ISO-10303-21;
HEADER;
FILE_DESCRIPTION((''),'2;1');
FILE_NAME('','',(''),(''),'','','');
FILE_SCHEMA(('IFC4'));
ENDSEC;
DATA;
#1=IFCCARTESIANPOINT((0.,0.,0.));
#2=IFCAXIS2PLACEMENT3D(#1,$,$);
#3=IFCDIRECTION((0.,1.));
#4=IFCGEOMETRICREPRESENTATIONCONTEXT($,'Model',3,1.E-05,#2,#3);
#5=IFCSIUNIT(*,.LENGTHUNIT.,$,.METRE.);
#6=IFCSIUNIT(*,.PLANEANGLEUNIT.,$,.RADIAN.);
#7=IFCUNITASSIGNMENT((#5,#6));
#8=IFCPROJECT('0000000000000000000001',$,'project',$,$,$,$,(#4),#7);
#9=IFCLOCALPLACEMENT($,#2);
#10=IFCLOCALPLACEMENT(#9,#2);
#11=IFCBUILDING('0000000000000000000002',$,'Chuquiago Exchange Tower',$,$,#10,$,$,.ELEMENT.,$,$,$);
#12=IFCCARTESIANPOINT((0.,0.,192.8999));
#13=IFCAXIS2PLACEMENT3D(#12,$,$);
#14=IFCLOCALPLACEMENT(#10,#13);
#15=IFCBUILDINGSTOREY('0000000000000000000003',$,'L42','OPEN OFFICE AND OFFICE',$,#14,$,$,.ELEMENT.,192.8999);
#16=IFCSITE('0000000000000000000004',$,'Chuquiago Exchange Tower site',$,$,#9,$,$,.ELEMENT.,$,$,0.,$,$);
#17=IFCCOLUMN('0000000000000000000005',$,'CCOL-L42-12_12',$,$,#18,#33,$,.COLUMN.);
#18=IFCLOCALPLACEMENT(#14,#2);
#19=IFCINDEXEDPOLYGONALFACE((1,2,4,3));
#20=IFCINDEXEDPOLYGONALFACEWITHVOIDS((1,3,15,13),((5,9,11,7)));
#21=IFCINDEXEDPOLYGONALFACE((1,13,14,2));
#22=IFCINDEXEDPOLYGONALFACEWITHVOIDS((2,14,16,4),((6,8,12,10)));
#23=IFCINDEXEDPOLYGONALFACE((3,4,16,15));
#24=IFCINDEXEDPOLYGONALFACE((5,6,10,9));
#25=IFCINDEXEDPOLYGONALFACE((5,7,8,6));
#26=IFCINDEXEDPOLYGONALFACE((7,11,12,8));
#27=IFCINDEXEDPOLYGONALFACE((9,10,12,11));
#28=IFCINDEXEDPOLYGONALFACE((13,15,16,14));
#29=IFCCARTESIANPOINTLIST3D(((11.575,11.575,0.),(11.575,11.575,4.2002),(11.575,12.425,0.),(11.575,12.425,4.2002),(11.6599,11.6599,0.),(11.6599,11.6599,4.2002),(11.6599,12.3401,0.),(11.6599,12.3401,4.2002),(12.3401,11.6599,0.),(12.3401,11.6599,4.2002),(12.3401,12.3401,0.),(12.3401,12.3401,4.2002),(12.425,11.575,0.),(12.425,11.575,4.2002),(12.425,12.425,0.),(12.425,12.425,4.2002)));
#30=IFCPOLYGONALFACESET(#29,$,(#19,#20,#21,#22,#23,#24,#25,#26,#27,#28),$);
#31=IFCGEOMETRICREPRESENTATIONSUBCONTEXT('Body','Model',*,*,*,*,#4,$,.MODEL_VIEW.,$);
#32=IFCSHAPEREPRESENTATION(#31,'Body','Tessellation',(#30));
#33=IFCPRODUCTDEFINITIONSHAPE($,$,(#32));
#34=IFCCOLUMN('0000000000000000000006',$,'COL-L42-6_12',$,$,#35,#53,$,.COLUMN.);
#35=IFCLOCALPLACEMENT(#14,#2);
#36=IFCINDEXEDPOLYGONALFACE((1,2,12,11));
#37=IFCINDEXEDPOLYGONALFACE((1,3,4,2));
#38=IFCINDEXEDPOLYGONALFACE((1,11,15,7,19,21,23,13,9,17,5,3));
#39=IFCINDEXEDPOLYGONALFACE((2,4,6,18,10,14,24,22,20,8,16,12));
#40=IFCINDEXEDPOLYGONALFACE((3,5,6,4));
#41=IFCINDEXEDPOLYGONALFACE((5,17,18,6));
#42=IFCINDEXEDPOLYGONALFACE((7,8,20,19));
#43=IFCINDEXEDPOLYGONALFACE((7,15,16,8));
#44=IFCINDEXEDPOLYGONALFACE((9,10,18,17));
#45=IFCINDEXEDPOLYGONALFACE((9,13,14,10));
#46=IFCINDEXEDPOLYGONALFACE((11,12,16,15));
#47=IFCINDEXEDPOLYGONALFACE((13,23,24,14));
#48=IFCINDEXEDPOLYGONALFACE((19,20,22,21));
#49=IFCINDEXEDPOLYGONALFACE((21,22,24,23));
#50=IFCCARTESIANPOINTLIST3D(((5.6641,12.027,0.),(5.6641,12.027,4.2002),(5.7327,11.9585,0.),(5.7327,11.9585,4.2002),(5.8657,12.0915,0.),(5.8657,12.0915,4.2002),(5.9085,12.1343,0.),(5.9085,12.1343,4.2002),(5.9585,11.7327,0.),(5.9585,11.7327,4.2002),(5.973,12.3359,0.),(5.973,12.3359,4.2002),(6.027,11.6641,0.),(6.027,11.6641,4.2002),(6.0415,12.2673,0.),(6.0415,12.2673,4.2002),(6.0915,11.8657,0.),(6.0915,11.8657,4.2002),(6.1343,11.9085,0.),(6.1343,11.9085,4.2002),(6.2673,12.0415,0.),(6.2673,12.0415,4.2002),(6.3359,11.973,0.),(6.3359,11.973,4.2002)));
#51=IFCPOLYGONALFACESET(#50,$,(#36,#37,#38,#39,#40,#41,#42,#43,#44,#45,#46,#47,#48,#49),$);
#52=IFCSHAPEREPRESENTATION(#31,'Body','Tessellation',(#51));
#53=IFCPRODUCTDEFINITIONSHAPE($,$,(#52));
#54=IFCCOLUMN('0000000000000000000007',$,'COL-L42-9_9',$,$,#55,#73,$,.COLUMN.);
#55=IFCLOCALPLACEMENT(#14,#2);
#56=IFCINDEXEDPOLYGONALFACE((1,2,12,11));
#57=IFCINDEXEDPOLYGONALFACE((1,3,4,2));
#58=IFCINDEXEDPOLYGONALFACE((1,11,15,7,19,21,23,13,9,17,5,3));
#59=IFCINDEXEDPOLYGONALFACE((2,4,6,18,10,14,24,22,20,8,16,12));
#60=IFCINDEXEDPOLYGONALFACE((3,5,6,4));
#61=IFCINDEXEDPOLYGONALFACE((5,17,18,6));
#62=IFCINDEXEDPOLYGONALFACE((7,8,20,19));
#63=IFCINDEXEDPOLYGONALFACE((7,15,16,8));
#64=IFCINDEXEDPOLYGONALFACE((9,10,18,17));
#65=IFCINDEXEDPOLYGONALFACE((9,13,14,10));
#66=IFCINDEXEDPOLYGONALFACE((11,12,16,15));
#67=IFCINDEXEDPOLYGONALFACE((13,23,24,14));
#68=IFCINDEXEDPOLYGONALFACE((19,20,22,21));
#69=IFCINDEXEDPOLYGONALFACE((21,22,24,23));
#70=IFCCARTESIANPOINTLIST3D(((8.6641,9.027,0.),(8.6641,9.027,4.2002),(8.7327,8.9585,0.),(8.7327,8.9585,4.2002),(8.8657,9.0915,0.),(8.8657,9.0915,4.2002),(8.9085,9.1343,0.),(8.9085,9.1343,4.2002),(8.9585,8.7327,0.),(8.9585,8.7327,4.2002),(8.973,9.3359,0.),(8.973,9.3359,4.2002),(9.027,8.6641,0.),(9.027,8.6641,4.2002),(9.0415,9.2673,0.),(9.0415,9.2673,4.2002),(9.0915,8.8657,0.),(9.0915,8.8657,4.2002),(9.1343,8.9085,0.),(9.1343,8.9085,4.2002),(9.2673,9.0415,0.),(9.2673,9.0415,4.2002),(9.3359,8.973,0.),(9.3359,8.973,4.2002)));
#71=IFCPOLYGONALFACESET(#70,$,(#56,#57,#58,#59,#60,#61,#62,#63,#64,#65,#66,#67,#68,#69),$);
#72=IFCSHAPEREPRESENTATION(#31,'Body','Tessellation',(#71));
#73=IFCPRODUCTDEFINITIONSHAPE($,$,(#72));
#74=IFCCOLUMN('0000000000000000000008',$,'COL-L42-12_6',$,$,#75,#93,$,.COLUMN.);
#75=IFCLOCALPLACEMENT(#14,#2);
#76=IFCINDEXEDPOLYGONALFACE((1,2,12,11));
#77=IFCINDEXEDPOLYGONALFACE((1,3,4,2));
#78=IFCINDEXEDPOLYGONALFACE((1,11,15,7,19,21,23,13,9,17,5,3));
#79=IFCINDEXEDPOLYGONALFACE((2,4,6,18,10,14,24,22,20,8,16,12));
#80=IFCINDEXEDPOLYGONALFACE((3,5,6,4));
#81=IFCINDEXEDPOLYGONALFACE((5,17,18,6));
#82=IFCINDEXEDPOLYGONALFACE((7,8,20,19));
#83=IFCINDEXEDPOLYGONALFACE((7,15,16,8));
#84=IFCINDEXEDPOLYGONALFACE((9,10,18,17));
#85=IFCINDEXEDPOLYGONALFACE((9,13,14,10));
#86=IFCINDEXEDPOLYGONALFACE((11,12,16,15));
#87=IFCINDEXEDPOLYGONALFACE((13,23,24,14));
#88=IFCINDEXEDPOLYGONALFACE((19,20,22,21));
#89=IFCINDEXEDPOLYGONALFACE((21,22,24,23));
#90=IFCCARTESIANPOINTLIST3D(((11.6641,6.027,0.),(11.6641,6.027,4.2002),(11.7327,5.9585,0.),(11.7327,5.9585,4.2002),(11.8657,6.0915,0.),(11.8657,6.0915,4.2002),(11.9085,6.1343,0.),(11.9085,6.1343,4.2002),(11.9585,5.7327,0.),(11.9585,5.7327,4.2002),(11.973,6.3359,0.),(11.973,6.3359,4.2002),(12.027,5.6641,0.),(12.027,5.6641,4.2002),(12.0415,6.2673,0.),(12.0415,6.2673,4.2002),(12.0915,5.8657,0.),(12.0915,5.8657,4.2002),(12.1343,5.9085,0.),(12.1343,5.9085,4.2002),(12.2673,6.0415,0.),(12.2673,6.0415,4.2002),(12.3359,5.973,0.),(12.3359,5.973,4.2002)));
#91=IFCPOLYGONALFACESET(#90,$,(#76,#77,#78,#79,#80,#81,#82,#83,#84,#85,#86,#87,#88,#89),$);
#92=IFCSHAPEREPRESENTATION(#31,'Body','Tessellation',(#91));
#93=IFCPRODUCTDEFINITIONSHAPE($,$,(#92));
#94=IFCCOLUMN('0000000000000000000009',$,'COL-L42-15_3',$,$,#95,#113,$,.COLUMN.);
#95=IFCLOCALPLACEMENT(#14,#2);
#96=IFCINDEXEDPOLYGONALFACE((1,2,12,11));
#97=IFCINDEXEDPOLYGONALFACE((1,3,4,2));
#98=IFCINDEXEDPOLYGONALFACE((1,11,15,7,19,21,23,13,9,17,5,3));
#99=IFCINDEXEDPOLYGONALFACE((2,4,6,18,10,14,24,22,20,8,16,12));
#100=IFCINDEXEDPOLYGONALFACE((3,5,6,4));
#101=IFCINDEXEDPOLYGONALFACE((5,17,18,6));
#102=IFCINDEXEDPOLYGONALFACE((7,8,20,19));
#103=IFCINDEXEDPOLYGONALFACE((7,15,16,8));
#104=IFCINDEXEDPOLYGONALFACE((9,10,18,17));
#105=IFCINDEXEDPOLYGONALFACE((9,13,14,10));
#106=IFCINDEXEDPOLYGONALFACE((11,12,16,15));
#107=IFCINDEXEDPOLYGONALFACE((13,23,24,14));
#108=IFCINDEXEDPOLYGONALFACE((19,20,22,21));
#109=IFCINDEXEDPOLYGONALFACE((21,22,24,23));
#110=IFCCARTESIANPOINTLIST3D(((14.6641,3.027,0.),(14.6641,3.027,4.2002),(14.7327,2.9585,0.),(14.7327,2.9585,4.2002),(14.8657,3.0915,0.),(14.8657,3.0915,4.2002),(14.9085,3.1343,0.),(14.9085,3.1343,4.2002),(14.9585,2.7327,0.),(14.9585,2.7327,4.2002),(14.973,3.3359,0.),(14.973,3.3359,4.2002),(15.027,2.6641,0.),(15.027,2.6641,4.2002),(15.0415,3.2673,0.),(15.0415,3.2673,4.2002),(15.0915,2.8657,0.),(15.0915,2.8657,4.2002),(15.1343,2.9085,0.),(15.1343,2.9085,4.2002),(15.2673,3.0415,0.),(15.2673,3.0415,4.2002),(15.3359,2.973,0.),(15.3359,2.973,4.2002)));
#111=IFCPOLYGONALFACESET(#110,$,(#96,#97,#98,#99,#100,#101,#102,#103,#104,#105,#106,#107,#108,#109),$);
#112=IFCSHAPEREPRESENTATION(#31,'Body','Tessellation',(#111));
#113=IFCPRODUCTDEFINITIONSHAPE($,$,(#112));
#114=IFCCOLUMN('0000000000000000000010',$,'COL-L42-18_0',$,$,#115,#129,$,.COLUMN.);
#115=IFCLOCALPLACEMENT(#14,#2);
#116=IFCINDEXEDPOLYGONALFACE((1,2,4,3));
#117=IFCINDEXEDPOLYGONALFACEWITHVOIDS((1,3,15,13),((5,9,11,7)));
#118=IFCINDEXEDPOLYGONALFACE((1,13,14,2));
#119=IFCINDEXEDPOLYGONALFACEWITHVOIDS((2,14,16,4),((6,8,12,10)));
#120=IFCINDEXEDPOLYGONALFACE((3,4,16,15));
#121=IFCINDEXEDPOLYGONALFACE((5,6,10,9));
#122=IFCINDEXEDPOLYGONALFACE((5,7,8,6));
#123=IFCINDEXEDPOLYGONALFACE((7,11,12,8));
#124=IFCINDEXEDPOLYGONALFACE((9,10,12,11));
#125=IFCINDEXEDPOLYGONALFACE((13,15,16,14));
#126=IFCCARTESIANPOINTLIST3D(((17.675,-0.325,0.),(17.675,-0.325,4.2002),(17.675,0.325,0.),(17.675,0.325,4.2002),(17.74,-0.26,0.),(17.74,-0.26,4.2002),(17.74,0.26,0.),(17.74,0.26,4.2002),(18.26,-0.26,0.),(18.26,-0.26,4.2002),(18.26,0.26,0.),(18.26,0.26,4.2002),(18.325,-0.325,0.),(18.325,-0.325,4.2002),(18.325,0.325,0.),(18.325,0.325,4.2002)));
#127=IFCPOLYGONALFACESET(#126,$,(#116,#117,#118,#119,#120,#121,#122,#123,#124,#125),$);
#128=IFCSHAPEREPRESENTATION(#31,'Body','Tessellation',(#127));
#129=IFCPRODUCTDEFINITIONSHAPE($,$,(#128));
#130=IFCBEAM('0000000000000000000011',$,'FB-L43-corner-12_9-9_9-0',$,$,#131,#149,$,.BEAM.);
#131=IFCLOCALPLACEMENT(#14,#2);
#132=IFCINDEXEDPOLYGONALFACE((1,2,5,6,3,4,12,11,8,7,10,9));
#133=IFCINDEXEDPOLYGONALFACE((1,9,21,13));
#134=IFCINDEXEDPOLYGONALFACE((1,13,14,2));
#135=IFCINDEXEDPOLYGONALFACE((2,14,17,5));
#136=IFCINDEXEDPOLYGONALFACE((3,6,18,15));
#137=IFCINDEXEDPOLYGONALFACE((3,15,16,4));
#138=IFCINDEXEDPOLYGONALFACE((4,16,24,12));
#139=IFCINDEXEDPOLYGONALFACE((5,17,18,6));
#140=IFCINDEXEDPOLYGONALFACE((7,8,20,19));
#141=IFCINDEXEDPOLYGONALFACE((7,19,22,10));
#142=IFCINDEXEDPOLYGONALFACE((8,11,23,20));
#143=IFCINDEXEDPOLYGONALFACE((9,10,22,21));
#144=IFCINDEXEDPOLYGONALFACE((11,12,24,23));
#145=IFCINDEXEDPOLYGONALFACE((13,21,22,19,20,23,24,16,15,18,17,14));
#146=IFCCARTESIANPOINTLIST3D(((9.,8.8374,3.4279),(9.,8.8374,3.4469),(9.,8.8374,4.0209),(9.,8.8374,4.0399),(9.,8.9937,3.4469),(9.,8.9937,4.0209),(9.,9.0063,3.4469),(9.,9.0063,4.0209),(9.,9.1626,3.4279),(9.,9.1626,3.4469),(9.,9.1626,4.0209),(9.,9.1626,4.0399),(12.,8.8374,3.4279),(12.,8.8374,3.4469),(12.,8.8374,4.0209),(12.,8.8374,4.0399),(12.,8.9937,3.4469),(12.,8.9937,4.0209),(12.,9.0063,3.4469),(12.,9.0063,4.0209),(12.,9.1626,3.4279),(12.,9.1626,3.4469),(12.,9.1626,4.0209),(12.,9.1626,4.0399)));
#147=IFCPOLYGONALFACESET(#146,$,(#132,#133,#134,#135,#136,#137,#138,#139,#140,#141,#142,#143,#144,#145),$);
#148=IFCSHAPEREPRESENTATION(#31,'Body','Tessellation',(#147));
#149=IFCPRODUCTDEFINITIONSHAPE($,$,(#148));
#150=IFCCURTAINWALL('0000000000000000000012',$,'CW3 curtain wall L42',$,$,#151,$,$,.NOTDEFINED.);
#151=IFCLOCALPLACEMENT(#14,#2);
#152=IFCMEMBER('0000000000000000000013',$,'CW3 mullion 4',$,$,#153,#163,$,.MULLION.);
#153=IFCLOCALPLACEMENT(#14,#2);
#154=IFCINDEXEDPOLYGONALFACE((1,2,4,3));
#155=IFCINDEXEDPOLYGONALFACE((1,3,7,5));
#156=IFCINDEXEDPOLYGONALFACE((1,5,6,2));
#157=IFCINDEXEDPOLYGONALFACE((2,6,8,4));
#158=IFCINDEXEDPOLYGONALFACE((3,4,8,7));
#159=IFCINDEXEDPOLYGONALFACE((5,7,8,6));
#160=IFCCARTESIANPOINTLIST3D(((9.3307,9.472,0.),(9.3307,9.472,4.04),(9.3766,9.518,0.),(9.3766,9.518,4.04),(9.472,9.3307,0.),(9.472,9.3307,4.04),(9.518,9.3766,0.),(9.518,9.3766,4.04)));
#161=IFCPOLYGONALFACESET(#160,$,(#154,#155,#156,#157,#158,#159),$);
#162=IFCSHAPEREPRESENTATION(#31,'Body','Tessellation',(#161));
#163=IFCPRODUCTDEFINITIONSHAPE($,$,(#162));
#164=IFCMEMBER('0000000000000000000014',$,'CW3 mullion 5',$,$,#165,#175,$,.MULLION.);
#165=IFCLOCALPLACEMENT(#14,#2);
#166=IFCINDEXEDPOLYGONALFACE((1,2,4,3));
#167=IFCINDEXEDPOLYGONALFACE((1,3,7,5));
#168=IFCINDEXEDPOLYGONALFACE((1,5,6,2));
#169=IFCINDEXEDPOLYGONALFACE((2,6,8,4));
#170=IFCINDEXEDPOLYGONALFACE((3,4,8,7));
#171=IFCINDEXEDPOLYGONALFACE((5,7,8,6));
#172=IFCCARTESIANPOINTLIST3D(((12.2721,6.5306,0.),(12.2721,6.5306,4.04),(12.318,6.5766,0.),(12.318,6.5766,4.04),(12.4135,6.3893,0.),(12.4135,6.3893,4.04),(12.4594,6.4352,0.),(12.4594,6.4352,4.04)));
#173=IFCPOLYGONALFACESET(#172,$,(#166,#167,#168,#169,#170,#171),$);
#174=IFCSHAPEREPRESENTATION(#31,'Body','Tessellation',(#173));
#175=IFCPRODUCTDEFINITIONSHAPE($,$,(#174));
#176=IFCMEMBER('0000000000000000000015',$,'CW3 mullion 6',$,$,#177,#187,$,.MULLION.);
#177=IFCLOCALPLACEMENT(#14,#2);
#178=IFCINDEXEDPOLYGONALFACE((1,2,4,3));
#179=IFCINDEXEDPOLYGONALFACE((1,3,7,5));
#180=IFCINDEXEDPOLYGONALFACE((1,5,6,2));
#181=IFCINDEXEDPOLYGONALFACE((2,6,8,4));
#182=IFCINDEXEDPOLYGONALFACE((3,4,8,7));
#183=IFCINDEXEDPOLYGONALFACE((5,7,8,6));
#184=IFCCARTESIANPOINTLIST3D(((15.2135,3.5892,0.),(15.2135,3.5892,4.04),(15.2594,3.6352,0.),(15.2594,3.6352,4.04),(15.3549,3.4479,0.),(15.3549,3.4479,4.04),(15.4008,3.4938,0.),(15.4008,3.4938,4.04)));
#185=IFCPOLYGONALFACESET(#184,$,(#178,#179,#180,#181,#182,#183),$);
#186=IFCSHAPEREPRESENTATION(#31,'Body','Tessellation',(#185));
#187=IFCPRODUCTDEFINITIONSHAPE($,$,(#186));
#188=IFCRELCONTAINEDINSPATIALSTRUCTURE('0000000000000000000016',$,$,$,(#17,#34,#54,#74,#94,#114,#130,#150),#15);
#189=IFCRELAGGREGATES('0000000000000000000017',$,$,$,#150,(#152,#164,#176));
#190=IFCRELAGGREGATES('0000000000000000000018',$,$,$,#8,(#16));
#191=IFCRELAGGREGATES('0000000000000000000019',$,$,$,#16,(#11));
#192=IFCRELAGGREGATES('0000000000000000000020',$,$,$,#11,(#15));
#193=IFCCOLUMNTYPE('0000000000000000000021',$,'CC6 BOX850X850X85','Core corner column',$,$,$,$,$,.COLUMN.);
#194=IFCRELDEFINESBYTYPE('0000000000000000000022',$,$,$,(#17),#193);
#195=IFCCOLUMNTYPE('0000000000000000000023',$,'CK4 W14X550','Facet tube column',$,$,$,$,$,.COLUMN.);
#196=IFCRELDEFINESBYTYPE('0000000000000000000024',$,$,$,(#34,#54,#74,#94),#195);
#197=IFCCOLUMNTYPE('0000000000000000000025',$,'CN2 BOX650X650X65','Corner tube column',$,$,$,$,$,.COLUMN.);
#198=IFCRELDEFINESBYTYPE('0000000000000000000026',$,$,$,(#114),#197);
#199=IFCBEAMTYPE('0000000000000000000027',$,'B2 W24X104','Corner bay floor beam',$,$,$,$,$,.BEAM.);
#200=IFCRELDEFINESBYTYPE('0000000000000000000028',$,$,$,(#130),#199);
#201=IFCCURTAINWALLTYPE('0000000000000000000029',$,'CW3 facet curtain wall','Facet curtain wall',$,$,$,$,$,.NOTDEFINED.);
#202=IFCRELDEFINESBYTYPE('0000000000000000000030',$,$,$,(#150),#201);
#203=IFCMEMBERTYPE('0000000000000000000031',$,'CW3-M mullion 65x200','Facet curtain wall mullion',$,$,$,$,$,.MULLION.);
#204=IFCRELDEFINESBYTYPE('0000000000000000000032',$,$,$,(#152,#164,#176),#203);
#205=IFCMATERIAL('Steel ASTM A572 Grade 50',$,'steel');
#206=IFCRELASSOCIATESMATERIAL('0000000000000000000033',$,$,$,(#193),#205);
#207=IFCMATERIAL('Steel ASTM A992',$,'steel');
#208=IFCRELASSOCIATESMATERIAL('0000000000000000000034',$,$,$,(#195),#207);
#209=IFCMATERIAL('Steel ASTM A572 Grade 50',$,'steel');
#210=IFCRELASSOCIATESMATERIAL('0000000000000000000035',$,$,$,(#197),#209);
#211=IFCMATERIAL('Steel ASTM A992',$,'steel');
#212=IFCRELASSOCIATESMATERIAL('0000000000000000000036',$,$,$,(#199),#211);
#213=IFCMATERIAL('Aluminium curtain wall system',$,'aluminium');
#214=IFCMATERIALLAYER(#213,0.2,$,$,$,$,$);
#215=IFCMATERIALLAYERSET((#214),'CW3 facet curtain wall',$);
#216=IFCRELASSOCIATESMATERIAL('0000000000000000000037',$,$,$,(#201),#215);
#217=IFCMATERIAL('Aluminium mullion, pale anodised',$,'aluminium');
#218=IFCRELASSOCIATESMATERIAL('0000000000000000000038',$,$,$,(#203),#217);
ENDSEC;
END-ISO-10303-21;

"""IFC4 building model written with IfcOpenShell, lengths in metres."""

from ifc_helpers import new_model, si_unit, direction, frame, origin, origin_2d, place, context, subcontext, project, spatial, rectangle, hollow_rectangle, i_section, extrude, material, layer, layer_set, material_profile, profile_set, type_object, element, aggregate, save


model = new_model("IFC4")

# Units and contexts
model_context = context("Model", 3, precision=1e-05, world=origin(), true_north=direction((0.0, 1.0)))
body_context = subcontext(model_context, "Body", "Model", "MODEL_VIEW")
ifc_project = project(units=[si_unit("LENGTHUNIT", "METRE"), si_unit("PLANEANGLEUNIT", "RADIAN")], contexts=[model_context])

# Site, building, storey
site_placement = place(None, origin())
site = spatial("IfcSite", under=ifc_project, at=site_placement, Name="Chuquiago Exchange Tower site", CompositionType="ELEMENT", RefElevation=0.0)
building_placement = place(site_placement, origin())
building = spatial("IfcBuilding", under=site, at=building_placement, Name="Chuquiago Exchange Tower", CompositionType="ELEMENT")
storey_placement = place(building_placement, frame((0.0, 0.0, 192.8999)))
storey = spatial("IfcBuildingStorey", under=building, at=storey_placement, Name="L42", Description="OPEN OFFICE AND OFFICE", CompositionType="ELEMENT", Elevation=192.8999)

# Columns
ifc_material_1 = material(Name="Steel ASTM A572 Grade 50", Category="steel")
ifc_material_profile_1 = material_profile(ifc_material_1, hollow_rectangle(XDim=0.8501, YDim=0.8501, WallThickness=0.085, at=origin_2d()), Name="BOX850X850X85")
ifc_profile_set_1 = profile_set([ifc_material_profile_1], Name="Steel ASTM A572 Grade 50")
column_type_1 = type_object("IfcColumnType", Name="CC6 BOX850X850X85", Description="Core corner column", PredefinedType="COLUMN", material=ifc_profile_set_1)
column_1_placement = place(storey_placement, frame((12.0, 12.0, 0.0), z_axis=(0.0, 0.0, 1.0), x_axis=(1.0, 0.0, 0.0)))
element("IfcColumn", 1, at=column_1_placement, inside=storey, type_object=column_type_1, Name="CCOL-L42-12_12", PredefinedType="COLUMN", context=body_context, shape_type="SweptSolid", body=[
    extrude(hollow_rectangle(XDim=0.8501, YDim=0.8501, WallThickness=0.085, at=origin_2d()), origin(), (0.0, 0.0, 1.0), 4.2002),
])
ifc_material_2 = material(Name="Steel ASTM A992", Category="steel")
ifc_material_profile_2 = material_profile(ifc_material_2, i_section(OverallWidth=0.4368, OverallDepth=0.5132, WebThickness=0.0605, FlangeThickness=0.0969, at=origin_2d()), Name="W14X550")
ifc_profile_set_2 = profile_set([ifc_material_profile_2], Name="Steel ASTM A992")
column_type_2 = type_object("IfcColumnType", Name="CK4 W14X550", Description="Facet tube column", PredefinedType="COLUMN", material=ifc_profile_set_2)
for number, where, z_axis, x_axis, name in (
    (2, (6.0, 12.0, 0.0), (0.0, 0.0, 1.0), (-0.707107, -0.707107, 0.0), "COL-L42-6_12"),
    (3, (9.0, 9.0, 0.0), (0.0, 0.0, 1.0), (-0.707107, -0.707107, 0.0), "COL-L42-9_9"),
    (4, (12.0, 6.0, 0.0), (0.0, 0.0, 1.0), (-0.707107, -0.707107, 0.0), "COL-L42-12_6"),
    (5, (15.0, 3.0, 0.0), (0.0, 0.0, 1.0), (-0.707107, -0.707107, 0.0), "COL-L42-15_3"),
):
    element("IfcColumn", number, at=place(storey_placement, frame(where, z_axis=z_axis, x_axis=x_axis)), inside=storey, type_object=column_type_2, Name=name, PredefinedType="COLUMN", context=body_context, shape_type="SweptSolid", body=[
        extrude(i_section(OverallWidth=0.4368, OverallDepth=0.5132, WebThickness=0.0605, FlangeThickness=0.0969, at=origin_2d()), origin(), (0.0, 0.0, 1.0), 4.2002),
    ])
ifc_material_3 = material(Name="Steel ASTM A572 Grade 50", Category="steel")
ifc_material_profile_3 = material_profile(ifc_material_3, hollow_rectangle(XDim=0.6499, YDim=0.6499, WallThickness=0.0649, at=origin_2d()), Name="BOX650X650X65")
ifc_profile_set_3 = profile_set([ifc_material_profile_3], Name="Steel ASTM A572 Grade 50")
column_type_3 = type_object("IfcColumnType", Name="CN2 BOX650X650X65", Description="Corner tube column", PredefinedType="COLUMN", material=ifc_profile_set_3)
column_2_placement = place(storey_placement, frame((18.0, 0.0, 0.0), z_axis=(0.0, 0.0, 1.0), x_axis=(0.0, -1.0, 0.0)))
element("IfcColumn", 6, at=column_2_placement, inside=storey, type_object=column_type_3, Name="COL-L42-18_0", PredefinedType="COLUMN", context=body_context, shape_type="SweptSolid", body=[
    extrude(hollow_rectangle(XDim=0.6499, YDim=0.6499, WallThickness=0.0649, at=origin_2d()), origin(), (0.0, 0.0, 1.0), 4.2002),
])

# Beam
ifc_material_4 = material(Name="Steel ASTM A992", Category="steel")
ifc_material_profile_4 = material_profile(ifc_material_4, i_section(OverallWidth=0.3252, OverallDepth=0.6121, WebThickness=0.0127, FlangeThickness=0.019, at=origin_2d()), Name="W24X104")
ifc_profile_set_4 = profile_set([ifc_material_profile_4], Name="Steel ASTM A992")
beam_type_1 = type_object("IfcBeamType", Name="B2 W24X104", Description="Corner bay floor beam", PredefinedType="BEAM", material=ifc_profile_set_4)
beam_1_placement = place(storey_placement, frame((12.0, 9.0, 3.7339), z_axis=(-1.0, 0.0, 0.0), x_axis=(0.0, -1.0, 0.0)))
element("IfcBeam", 7, at=beam_1_placement, inside=storey, type_object=beam_type_1, Name="FB-L43-corner-12_9-9_9-0", PredefinedType="BEAM", context=body_context, shape_type="SweptSolid", body=[
    extrude(i_section(OverallWidth=0.3252, OverallDepth=0.6121, WebThickness=0.0127, FlangeThickness=0.019, at=origin_2d()), origin(), (0.0, 0.0, 1.0), 3.0),
])

# Curtain wall, members
ifc_material_5 = material(Name="Aluminium curtain wall system", Category="aluminium")
ifc_layer_1 = layer(ifc_material_5, 0.2)
ifc_layer_set_1 = layer_set([ifc_layer_1], Name="CW3 facet curtain wall")
curtain_wall_type = type_object("IfcCurtainWallType", Name="CW3 facet curtain wall", Description="Facet curtain wall", PredefinedType="NOTDEFINED", material=ifc_layer_set_1)
curtain_wall_placement = place(storey_placement, origin())
curtain_wall = element("IfcCurtainWall", 8, at=curtain_wall_placement, inside=storey, type_object=curtain_wall_type, Name="CW3 curtain wall L42", PredefinedType="NOTDEFINED")
ifc_material_6 = material(Name="Aluminium mullion, pale anodised", Category="aluminium")
ifc_material_profile_5 = material_profile(ifc_material_6, rectangle(XDim=0.0649, YDim=0.2, at=origin_2d()), Name="AL 65x200")
ifc_profile_set_5 = profile_set([ifc_material_profile_5], Name="Aluminium mullion, pale anodised")
member_type_1 = type_object("IfcMemberType", Name="CW3-M mullion 65x200", Description="Facet curtain wall mullion", PredefinedType="MULLION", material=ifc_profile_set_5)
member_1_placement = place(storey_placement, frame((9.4243, 9.4243, 0.0), z_axis=(0.0, 0.0, 1.0), x_axis=(0.707107, 0.707107, 0.0)))
member_1 = element("IfcMember", 9, at=member_1_placement, type_object=member_type_1, Name="CW3 mullion 4", PredefinedType="MULLION", context=body_context, shape_type="SweptSolid", body=[
    extrude(rectangle(XDim=0.0649, YDim=0.2, at=origin_2d()), origin(), (0.0, 0.0, 1.0), 4.04),
])
member_2_placement = place(storey_placement, frame((12.3657, 6.4829, 0.0), z_axis=(0.0, 0.0, 1.0), x_axis=(0.707107, 0.707107, 0.0)))
member_2 = element("IfcMember", 10, at=member_2_placement, type_object=member_type_1, Name="CW3 mullion 5", PredefinedType="MULLION", context=body_context, shape_type="SweptSolid", body=[
    extrude(rectangle(XDim=0.0649, YDim=0.2, at=origin_2d()), origin(), (0.0, 0.0, 1.0), 4.04),
])
member_3_placement = place(storey_placement, frame((15.3071, 3.5415, 0.0), z_axis=(0.0, 0.0, 1.0), x_axis=(0.707107, 0.707107, 0.0)))
member_3 = element("IfcMember", 11, at=member_3_placement, type_object=member_type_1, Name="CW3 mullion 6", PredefinedType="MULLION", context=body_context, shape_type="SweptSolid", body=[
    extrude(rectangle(XDim=0.0649, YDim=0.2, at=origin_2d()), origin(), (0.0, 0.0, 1.0), 4.04),
])

aggregate(curtain_wall, [member_1, member_2, member_3])

save(model, "model.ifc")
